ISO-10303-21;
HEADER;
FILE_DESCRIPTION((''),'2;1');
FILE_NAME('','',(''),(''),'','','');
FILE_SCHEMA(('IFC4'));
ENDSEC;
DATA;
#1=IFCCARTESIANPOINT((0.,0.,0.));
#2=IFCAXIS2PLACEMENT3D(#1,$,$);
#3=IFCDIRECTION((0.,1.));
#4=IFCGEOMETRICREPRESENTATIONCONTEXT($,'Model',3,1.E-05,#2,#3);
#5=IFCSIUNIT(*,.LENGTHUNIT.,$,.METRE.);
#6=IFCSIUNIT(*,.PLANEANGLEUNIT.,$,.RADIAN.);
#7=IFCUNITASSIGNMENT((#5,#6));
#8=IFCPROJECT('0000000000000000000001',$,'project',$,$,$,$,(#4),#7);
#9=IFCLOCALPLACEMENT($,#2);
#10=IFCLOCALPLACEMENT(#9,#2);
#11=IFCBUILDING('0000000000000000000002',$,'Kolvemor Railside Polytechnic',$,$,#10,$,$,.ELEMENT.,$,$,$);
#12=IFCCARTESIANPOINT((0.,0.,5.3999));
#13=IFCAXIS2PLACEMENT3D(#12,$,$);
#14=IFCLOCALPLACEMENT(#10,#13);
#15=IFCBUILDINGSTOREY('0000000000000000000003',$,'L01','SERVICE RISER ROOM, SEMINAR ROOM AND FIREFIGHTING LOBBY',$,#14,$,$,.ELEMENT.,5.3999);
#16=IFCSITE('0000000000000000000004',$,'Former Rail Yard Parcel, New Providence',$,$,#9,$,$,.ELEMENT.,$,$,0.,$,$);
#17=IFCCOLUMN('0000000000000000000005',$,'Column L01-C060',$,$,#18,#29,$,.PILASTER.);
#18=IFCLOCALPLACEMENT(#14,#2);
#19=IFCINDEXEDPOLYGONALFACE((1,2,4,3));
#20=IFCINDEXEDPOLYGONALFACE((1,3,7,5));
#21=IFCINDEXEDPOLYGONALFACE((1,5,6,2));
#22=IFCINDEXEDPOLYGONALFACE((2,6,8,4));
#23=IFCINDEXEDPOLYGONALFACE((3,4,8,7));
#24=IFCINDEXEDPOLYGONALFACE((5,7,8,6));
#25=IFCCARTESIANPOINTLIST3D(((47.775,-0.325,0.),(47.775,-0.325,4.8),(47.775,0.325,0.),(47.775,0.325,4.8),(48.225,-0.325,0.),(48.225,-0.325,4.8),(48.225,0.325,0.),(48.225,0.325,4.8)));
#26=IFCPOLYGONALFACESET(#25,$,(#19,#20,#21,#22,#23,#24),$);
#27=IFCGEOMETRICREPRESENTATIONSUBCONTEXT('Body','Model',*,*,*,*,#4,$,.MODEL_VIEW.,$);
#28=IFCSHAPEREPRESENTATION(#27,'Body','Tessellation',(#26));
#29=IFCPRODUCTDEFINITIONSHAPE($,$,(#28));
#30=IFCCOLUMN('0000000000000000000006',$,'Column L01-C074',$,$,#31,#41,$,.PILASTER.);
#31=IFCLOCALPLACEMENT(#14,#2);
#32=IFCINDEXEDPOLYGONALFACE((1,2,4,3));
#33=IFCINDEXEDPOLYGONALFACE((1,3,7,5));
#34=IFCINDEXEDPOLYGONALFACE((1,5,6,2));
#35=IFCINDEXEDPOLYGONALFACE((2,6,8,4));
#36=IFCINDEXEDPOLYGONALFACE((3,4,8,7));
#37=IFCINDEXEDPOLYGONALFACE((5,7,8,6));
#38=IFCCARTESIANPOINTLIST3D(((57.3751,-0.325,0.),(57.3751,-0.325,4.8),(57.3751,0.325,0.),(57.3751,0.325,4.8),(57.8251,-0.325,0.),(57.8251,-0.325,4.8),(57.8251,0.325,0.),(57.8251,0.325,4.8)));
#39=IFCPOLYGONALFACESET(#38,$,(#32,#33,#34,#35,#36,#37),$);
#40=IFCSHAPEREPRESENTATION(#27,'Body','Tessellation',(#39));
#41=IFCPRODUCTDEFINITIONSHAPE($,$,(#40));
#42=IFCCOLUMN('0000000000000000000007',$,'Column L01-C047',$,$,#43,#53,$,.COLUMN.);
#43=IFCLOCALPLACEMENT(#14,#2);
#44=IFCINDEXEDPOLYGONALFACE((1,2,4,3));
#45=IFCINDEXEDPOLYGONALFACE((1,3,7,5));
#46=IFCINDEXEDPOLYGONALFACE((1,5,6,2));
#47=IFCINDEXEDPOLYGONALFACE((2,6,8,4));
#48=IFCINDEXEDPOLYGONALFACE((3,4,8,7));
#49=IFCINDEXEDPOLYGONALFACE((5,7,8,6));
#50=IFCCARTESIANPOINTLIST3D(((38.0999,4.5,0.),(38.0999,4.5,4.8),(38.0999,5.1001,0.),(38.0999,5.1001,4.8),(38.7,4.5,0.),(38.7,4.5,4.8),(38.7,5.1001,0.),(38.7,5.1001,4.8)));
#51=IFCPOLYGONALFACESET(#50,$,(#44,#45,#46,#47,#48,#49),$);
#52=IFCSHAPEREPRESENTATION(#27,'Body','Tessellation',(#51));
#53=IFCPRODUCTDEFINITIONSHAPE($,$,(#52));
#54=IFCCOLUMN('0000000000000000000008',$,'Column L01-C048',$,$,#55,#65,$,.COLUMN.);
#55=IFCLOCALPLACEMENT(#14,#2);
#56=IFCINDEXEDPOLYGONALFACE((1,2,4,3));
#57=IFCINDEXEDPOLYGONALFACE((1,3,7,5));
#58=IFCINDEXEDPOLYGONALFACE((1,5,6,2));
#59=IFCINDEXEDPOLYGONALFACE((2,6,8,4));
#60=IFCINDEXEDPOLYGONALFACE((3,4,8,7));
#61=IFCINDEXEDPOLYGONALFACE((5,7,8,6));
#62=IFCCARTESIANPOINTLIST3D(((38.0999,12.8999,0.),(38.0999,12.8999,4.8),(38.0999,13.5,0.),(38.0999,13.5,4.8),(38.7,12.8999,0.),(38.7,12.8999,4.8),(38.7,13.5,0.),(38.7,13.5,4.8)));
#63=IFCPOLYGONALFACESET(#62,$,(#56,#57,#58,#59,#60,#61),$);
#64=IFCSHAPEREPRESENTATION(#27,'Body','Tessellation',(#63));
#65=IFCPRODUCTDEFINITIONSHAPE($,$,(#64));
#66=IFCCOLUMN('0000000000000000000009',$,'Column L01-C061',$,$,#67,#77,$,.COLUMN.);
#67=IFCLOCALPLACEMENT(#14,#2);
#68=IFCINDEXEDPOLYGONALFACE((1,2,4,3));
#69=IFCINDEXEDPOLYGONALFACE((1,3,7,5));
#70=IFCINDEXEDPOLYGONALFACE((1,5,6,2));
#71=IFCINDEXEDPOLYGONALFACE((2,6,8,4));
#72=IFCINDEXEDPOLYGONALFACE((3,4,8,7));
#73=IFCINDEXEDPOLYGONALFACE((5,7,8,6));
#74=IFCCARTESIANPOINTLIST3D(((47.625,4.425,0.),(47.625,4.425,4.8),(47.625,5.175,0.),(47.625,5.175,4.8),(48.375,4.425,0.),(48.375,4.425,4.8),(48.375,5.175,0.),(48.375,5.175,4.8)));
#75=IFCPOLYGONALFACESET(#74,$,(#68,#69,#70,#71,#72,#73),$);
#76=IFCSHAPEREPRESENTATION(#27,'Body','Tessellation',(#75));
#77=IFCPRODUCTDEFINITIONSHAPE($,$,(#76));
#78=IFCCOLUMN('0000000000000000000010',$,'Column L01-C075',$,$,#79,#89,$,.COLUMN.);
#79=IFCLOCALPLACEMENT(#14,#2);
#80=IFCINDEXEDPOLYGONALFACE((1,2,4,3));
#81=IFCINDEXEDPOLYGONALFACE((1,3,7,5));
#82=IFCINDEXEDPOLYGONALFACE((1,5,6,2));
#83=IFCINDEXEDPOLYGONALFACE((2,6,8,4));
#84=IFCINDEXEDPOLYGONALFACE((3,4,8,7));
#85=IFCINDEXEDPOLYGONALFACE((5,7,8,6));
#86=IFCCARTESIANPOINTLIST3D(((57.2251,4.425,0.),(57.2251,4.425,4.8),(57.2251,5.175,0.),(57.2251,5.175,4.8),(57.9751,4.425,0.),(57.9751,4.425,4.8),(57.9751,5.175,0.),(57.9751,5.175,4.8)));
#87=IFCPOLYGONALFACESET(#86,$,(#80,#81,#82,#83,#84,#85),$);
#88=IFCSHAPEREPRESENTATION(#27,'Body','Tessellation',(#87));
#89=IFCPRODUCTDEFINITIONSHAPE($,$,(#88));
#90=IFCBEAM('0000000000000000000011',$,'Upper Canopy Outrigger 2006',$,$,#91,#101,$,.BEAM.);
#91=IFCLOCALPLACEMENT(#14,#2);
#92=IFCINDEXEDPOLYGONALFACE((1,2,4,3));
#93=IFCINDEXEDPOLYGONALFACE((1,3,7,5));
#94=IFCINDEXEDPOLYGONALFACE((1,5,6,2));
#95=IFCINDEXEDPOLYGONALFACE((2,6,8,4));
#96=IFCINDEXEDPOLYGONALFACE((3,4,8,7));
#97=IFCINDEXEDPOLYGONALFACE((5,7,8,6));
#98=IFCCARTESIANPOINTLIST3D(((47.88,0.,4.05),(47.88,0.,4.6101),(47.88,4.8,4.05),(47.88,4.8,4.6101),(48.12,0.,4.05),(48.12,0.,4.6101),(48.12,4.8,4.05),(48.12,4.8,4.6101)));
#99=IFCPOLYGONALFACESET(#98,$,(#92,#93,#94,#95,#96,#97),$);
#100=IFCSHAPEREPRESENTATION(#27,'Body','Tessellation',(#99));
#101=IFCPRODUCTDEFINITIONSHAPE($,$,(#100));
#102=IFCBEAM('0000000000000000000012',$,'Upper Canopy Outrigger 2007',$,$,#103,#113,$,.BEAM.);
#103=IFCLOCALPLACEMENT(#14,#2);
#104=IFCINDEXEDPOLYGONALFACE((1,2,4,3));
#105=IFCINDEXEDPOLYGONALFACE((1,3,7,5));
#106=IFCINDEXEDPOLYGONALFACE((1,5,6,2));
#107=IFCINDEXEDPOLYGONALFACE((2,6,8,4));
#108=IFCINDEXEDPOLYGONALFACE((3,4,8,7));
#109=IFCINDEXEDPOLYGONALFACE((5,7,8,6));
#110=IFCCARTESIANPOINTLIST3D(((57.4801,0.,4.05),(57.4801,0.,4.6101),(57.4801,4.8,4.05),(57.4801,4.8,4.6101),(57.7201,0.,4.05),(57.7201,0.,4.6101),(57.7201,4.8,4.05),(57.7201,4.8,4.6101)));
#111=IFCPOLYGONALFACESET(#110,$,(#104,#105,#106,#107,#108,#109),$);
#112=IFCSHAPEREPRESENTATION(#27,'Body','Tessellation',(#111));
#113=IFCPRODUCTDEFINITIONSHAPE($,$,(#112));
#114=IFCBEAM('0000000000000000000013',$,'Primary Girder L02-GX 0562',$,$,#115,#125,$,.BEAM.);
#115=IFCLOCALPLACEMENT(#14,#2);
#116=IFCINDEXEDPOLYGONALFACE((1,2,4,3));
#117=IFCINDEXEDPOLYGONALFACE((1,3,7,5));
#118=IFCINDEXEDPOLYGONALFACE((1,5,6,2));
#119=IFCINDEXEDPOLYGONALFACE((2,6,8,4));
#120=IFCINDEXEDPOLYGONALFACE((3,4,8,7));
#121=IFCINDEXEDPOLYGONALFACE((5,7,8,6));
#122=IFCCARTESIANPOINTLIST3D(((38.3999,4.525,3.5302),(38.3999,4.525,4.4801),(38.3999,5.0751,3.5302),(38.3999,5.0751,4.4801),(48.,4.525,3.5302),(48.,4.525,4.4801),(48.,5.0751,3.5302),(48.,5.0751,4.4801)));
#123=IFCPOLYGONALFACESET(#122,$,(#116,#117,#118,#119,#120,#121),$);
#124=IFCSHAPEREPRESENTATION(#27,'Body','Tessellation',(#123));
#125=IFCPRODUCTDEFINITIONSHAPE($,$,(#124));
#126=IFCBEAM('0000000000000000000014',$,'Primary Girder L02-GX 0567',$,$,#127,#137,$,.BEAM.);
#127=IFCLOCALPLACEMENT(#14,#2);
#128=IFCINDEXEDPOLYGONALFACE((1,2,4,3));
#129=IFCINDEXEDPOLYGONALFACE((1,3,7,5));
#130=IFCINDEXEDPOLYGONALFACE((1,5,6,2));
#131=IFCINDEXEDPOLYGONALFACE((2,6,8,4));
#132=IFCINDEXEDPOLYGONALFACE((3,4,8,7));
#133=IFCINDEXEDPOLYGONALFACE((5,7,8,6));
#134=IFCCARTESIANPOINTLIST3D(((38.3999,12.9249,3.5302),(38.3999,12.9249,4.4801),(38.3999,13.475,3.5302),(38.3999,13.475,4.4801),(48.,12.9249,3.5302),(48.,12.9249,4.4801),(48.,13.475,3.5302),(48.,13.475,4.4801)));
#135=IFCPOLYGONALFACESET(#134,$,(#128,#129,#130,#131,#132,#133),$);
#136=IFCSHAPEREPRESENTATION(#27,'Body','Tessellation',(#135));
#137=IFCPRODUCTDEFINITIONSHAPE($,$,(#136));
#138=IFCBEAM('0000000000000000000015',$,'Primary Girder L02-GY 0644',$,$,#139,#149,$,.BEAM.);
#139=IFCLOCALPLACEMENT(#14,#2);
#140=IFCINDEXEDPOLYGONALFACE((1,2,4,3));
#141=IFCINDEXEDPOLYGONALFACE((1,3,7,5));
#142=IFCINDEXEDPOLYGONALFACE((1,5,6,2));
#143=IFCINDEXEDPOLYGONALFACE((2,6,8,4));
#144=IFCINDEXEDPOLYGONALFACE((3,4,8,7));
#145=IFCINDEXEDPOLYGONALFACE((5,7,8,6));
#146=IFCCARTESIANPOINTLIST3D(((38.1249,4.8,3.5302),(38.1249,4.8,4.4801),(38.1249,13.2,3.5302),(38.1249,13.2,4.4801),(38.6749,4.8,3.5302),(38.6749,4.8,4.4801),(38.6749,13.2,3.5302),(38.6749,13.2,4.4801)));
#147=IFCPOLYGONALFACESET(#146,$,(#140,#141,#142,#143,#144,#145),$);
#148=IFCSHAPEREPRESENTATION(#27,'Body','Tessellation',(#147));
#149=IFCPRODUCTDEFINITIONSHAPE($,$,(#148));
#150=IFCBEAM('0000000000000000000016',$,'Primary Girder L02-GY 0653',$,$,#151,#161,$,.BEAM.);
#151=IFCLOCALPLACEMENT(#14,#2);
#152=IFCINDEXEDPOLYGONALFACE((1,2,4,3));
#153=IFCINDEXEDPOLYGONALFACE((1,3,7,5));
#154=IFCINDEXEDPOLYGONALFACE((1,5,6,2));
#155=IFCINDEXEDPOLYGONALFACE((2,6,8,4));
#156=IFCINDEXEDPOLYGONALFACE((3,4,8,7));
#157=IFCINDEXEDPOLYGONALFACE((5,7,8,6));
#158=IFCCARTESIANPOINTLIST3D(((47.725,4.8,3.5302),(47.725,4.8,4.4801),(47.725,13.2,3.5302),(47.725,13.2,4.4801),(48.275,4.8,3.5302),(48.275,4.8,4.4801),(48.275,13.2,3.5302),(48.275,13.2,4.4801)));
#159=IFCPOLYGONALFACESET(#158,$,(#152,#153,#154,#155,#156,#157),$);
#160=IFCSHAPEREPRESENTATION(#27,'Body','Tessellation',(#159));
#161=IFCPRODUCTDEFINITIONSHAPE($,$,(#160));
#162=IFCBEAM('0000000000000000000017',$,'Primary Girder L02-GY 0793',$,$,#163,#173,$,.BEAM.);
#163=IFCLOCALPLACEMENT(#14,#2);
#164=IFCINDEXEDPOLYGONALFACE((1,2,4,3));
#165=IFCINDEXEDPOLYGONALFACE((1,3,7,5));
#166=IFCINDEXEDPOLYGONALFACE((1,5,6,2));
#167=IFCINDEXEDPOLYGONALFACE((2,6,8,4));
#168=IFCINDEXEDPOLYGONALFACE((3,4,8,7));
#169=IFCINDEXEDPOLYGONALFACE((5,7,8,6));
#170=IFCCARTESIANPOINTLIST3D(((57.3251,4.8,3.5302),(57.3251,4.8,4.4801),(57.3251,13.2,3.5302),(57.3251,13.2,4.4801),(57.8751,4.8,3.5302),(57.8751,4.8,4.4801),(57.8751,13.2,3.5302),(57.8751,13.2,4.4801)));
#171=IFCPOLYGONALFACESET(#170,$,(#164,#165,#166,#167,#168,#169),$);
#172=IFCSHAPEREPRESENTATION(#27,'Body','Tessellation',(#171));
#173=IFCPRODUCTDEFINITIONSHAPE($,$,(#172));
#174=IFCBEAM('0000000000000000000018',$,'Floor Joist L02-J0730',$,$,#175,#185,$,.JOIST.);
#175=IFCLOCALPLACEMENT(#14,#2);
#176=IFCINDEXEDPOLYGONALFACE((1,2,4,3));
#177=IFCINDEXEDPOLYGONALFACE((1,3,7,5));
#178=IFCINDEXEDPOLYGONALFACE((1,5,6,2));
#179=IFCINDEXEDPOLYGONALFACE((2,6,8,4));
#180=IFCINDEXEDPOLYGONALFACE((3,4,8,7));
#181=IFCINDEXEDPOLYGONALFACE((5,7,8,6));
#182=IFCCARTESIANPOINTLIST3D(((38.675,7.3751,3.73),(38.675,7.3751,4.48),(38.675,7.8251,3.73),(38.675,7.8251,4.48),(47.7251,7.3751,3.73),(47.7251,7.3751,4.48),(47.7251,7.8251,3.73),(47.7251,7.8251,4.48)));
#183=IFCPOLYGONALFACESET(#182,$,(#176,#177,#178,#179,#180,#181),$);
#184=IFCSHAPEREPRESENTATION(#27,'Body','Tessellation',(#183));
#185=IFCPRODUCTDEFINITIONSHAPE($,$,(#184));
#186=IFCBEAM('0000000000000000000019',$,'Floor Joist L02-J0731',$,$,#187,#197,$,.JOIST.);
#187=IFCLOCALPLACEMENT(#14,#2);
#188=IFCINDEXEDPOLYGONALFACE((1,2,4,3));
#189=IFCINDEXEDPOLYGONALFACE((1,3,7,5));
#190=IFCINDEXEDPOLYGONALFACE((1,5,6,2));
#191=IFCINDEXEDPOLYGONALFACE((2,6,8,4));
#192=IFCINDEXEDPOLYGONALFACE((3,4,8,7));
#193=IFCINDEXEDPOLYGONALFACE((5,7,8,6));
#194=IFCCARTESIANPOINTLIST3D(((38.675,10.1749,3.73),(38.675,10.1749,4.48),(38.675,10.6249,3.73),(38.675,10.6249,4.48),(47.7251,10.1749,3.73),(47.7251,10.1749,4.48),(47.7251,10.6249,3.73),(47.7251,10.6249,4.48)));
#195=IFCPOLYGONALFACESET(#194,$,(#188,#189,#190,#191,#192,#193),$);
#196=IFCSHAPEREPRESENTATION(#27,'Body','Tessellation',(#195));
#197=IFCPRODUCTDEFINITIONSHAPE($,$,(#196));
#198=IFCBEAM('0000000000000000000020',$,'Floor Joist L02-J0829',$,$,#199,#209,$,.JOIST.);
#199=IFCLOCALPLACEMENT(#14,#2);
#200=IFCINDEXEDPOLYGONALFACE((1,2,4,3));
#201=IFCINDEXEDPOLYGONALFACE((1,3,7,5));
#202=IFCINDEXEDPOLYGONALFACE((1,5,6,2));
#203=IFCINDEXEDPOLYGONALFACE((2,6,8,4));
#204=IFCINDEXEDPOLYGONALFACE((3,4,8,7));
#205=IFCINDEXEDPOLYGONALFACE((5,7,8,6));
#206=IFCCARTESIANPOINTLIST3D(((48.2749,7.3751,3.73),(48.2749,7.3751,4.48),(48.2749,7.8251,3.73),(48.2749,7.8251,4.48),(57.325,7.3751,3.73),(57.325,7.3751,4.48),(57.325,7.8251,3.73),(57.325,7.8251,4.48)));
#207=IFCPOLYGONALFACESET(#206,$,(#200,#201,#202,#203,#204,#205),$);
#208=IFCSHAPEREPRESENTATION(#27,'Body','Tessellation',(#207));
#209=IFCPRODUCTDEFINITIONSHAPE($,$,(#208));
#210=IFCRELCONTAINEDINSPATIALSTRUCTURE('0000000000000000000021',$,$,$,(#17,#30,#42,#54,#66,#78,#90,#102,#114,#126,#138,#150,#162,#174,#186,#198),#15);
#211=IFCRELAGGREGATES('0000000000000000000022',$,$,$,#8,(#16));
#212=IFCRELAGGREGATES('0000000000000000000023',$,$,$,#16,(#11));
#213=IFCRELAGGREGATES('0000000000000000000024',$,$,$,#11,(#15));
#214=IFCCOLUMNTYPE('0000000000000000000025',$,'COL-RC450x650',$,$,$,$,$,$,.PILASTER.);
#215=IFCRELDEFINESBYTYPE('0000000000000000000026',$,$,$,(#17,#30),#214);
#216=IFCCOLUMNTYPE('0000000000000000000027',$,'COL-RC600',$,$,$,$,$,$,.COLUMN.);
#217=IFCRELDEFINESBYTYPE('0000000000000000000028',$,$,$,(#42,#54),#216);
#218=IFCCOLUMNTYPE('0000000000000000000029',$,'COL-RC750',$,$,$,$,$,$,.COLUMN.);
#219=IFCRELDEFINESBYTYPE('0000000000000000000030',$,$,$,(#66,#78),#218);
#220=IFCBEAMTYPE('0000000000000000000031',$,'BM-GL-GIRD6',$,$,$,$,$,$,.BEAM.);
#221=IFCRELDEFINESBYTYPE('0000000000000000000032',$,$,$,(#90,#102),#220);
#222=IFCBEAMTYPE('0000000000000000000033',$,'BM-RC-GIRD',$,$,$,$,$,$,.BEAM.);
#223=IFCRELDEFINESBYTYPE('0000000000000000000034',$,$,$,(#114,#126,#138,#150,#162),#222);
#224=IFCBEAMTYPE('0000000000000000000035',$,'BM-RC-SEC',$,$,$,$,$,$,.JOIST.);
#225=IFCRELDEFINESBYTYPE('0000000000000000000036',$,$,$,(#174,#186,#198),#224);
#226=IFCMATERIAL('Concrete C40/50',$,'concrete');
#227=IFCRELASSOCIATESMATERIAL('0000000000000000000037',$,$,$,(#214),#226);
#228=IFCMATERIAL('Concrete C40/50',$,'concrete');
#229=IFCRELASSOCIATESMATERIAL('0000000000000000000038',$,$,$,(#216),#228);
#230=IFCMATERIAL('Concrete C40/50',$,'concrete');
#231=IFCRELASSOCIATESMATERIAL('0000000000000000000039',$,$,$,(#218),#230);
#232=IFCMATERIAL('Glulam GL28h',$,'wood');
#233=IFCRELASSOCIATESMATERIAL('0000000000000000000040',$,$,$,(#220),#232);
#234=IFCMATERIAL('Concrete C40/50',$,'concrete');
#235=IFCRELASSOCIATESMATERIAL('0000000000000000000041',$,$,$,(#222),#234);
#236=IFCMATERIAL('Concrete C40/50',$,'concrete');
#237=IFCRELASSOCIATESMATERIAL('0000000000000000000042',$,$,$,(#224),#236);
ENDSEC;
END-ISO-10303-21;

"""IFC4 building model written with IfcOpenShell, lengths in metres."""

from ifc_helpers import new_model, si_unit, direction, frame, origin, origin_2d, place, context, subcontext, project, spatial, rectangle, extrude, material, material_profile, profile_set, type_object, element, save


model = new_model("IFC4")

# Units and contexts
model_context = context("Model", 3, precision=1e-05, world=origin(), true_north=direction((0.0, 1.0)))
body_context = subcontext(model_context, "Body", "Model", "MODEL_VIEW")
ifc_project = project(units=[si_unit("LENGTHUNIT", "METRE"), si_unit("PLANEANGLEUNIT", "RADIAN")], contexts=[model_context])

# Site, building, storey
site_placement = place(None, origin())
site = spatial("IfcSite", under=ifc_project, at=site_placement, Name="Former Rail Yard Parcel, New Providence", CompositionType="ELEMENT", RefElevation=0.0)
building_placement = place(site_placement, origin())
building = spatial("IfcBuilding", under=site, at=building_placement, Name="Kolvemor Railside Polytechnic", CompositionType="ELEMENT")
storey_placement = place(building_placement, frame((0.0, 0.0, 5.3999)))
storey = spatial("IfcBuildingStorey", under=building, at=storey_placement, Name="L01", Description="SERVICE RISER ROOM, SEMINAR ROOM AND FIREFIGHTING LOBBY", CompositionType="ELEMENT", Elevation=5.3999)

# Columns
ifc_material_1 = material(Name="Concrete C40/50", Category="concrete")
ifc_material_profile_1 = material_profile(ifc_material_1, rectangle(XDim=0.45, YDim=0.6499, at=origin_2d()), Name="RC450x650")
ifc_profile_set_1 = profile_set([ifc_material_profile_1], Name="Concrete C40/50")
column_type_1 = type_object("IfcColumnType", Name="COL-RC450x650", PredefinedType="PILASTER", material=ifc_profile_set_1)
for number, where, z_axis, x_axis, name in (
    (1, (48.0, 0.0, 0.0), (0.0, 0.0, 1.0), (1.0, 0.0, 0.0), "Column L01-C060"),
    (2, (57.6001, 0.0, 0.0), (0.0, 0.0, 1.0), (1.0, 0.0, 0.0), "Column L01-C074"),
):
    element("IfcColumn", number, at=place(storey_placement, frame(where, z_axis=z_axis, x_axis=x_axis)), inside=storey, type_object=column_type_1, Name=name, PredefinedType="PILASTER", context=body_context, shape_type="SweptSolid", body=[
        extrude(rectangle(XDim=0.45, YDim=0.6499, at=origin_2d()), origin(), (0.0, 0.0, 1.0), 4.8),
    ])
ifc_material_2 = material(Name="Concrete C40/50", Category="concrete")
ifc_material_profile_2 = material_profile(ifc_material_2, rectangle(XDim=0.6001, YDim=0.6001, at=origin_2d()), Name="RC600x600")
ifc_profile_set_2 = profile_set([ifc_material_profile_2], Name="Concrete C40/50")
column_type_2 = type_object("IfcColumnType", Name="COL-RC600", PredefinedType="COLUMN", material=ifc_profile_set_2)
for number, where, z_axis, x_axis, name in (
    (3, (38.3999, 4.8, 0.0), (0.0, 0.0, 1.0), (1.0, 0.0, 0.0), "Column L01-C047"),
    (4, (38.3999, 13.2, 0.0), (0.0, 0.0, 1.0), (1.0, 0.0, 0.0), "Column L01-C048"),
):
    element("IfcColumn", number, at=place(storey_placement, frame(where, z_axis=z_axis, x_axis=x_axis)), inside=storey, type_object=column_type_2, Name=name, PredefinedType="COLUMN", context=body_context, shape_type="SweptSolid", body=[
        extrude(rectangle(XDim=0.6001, YDim=0.6001, at=origin_2d()), origin(), (0.0, 0.0, 1.0), 4.8),
    ])
ifc_material_3 = material(Name="Concrete C40/50", Category="concrete")
ifc_material_profile_3 = material_profile(ifc_material_3, rectangle(XDim=0.75, YDim=0.75, at=origin_2d()), Name="RC750x750")
ifc_profile_set_3 = profile_set([ifc_material_profile_3], Name="Concrete C40/50")
column_type_3 = type_object("IfcColumnType", Name="COL-RC750", PredefinedType="COLUMN", material=ifc_profile_set_3)
for number, where, z_axis, x_axis, name in (
    (5, (48.0, 4.8, 0.0), (0.0, 0.0, 1.0), (1.0, 0.0, 0.0), "Column L01-C061"),
    (6, (57.6001, 4.8, 0.0), (0.0, 0.0, 1.0), (1.0, 0.0, 0.0), "Column L01-C075"),
):
    element("IfcColumn", number, at=place(storey_placement, frame(where, z_axis=z_axis, x_axis=x_axis)), inside=storey, type_object=column_type_3, Name=name, PredefinedType="COLUMN", context=body_context, shape_type="SweptSolid", body=[
        extrude(rectangle(XDim=0.75, YDim=0.75, at=origin_2d()), origin(), (0.0, 0.0, 1.0), 4.8),
    ])

# Beams
ifc_material_4 = material(Name="Glulam GL28h", Category="wood")
ifc_material_profile_4 = material_profile(ifc_material_4, rectangle(XDim=0.24, YDim=0.5601, at=origin_2d()), Name="GL240x560")
ifc_profile_set_4 = profile_set([ifc_material_profile_4], Name="Glulam GL28h")
beam_type_1 = type_object("IfcBeamType", Name="BM-GL-GIRD6", PredefinedType="BEAM", material=ifc_profile_set_4)
for number, where, z_axis, x_axis, name in (
    (7, (48.0, 0.0, 4.3301), (0.0, 1.0, 0.0), (-1.0, 0.0, 0.0), "Upper Canopy Outrigger 2006"),
    (8, (57.6001, 0.0, 4.3301), (0.0, 1.0, 0.0), (-1.0, 0.0, 0.0), "Upper Canopy Outrigger 2007"),
):
    element("IfcBeam", number, at=place(storey_placement, frame(where, z_axis=z_axis, x_axis=x_axis)), inside=storey, type_object=beam_type_1, Name=name, PredefinedType="BEAM", context=body_context, shape_type="SweptSolid", body=[
        extrude(rectangle(XDim=0.24, YDim=0.5601, at=origin_2d()), origin(), (0.0, 0.0, 1.0), 4.8),
    ])
ifc_material_5 = material(Name="Concrete C40/50", Category="concrete")
ifc_material_profile_5 = material_profile(ifc_material_5, rectangle(XDim=0.55, YDim=0.95, at=origin_2d()), Name="RC550x950")
ifc_profile_set_5 = profile_set([ifc_material_profile_5], Name="Concrete C40/50")
beam_type_2 = type_object("IfcBeamType", Name="BM-RC-GIRD", PredefinedType="BEAM", material=ifc_profile_set_5)
for number, where, z_axis, x_axis, name in (
    (9, (38.3999, 4.8, 4.0051), (1.0, 0.0, 0.0), (0.0, 1.0, 0.0), "Primary Girder L02-GX 0562"),
    (10, (38.3999, 13.2, 4.0051), (1.0, 0.0, 0.0), (0.0, 1.0, 0.0), "Primary Girder L02-GX 0567"),
):
    element("IfcBeam", number, at=place(storey_placement, frame(where, z_axis=z_axis, x_axis=x_axis)), inside=storey, type_object=beam_type_2, Name=name, PredefinedType="BEAM", context=body_context, shape_type="SweptSolid", body=[
        extrude(rectangle(XDim=0.55, YDim=0.95, at=origin_2d()), origin(), (0.0, 0.0, 1.0), 9.6001),
    ])
for number, where, z_axis, x_axis, name in (
    (11, (38.3999, 4.8, 4.0051), (0.0, 1.0, 0.0), (-1.0, 0.0, 0.0), "Primary Girder L02-GY 0644"),
    (12, (48.0, 4.8, 4.0051), (0.0, 1.0, 0.0), (-1.0, 0.0, 0.0), "Primary Girder L02-GY 0653"),
    (13, (57.6001, 4.8, 4.0051), (0.0, 1.0, 0.0), (-1.0, 0.0, 0.0), "Primary Girder L02-GY 0793"),
):
    element("IfcBeam", number, at=place(storey_placement, frame(where, z_axis=z_axis, x_axis=x_axis)), inside=storey, type_object=beam_type_2, Name=name, PredefinedType="BEAM", context=body_context, shape_type="SweptSolid", body=[
        extrude(rectangle(XDim=0.55, YDim=0.95, at=origin_2d()), origin(), (0.0, 0.0, 1.0), 8.3999),
    ])
ifc_material_6 = material(Name="Concrete C40/50", Category="concrete")
ifc_material_profile_6 = material_profile(ifc_material_6, rectangle(XDim=0.45, YDim=0.75, at=origin_2d()), Name="RC450x750")
ifc_profile_set_6 = profile_set([ifc_material_profile_6], Name="Concrete C40/50")
beam_type_3 = type_object("IfcBeamType", Name="BM-RC-SEC", PredefinedType="JOIST", material=ifc_profile_set_6)
for number, where, z_axis, x_axis, name in (
    (14, (38.675, 7.6001, 4.105), (1.0, 0.0, 0.0), (0.0, 1.0, 0.0), "Floor Joist L02-J0730"),
    (15, (38.675, 10.3999, 4.105), (1.0, 0.0, 0.0), (0.0, 1.0, 0.0), "Floor Joist L02-J0731"),
    (16, (48.2749, 7.6001, 4.105), (1.0, 0.0, 0.0), (0.0, 1.0, 0.0), "Floor Joist L02-J0829"),
):
    element("IfcBeam", number, at=place(storey_placement, frame(where, z_axis=z_axis, x_axis=x_axis)), inside=storey, type_object=beam_type_3, Name=name, PredefinedType="JOIST", context=body_context, shape_type="SweptSolid", body=[
        extrude(rectangle(XDim=0.45, YDim=0.75, at=origin_2d()), origin(), (0.0, 0.0, 1.0), 9.05),
    ])

save(model, "model.ifc")
